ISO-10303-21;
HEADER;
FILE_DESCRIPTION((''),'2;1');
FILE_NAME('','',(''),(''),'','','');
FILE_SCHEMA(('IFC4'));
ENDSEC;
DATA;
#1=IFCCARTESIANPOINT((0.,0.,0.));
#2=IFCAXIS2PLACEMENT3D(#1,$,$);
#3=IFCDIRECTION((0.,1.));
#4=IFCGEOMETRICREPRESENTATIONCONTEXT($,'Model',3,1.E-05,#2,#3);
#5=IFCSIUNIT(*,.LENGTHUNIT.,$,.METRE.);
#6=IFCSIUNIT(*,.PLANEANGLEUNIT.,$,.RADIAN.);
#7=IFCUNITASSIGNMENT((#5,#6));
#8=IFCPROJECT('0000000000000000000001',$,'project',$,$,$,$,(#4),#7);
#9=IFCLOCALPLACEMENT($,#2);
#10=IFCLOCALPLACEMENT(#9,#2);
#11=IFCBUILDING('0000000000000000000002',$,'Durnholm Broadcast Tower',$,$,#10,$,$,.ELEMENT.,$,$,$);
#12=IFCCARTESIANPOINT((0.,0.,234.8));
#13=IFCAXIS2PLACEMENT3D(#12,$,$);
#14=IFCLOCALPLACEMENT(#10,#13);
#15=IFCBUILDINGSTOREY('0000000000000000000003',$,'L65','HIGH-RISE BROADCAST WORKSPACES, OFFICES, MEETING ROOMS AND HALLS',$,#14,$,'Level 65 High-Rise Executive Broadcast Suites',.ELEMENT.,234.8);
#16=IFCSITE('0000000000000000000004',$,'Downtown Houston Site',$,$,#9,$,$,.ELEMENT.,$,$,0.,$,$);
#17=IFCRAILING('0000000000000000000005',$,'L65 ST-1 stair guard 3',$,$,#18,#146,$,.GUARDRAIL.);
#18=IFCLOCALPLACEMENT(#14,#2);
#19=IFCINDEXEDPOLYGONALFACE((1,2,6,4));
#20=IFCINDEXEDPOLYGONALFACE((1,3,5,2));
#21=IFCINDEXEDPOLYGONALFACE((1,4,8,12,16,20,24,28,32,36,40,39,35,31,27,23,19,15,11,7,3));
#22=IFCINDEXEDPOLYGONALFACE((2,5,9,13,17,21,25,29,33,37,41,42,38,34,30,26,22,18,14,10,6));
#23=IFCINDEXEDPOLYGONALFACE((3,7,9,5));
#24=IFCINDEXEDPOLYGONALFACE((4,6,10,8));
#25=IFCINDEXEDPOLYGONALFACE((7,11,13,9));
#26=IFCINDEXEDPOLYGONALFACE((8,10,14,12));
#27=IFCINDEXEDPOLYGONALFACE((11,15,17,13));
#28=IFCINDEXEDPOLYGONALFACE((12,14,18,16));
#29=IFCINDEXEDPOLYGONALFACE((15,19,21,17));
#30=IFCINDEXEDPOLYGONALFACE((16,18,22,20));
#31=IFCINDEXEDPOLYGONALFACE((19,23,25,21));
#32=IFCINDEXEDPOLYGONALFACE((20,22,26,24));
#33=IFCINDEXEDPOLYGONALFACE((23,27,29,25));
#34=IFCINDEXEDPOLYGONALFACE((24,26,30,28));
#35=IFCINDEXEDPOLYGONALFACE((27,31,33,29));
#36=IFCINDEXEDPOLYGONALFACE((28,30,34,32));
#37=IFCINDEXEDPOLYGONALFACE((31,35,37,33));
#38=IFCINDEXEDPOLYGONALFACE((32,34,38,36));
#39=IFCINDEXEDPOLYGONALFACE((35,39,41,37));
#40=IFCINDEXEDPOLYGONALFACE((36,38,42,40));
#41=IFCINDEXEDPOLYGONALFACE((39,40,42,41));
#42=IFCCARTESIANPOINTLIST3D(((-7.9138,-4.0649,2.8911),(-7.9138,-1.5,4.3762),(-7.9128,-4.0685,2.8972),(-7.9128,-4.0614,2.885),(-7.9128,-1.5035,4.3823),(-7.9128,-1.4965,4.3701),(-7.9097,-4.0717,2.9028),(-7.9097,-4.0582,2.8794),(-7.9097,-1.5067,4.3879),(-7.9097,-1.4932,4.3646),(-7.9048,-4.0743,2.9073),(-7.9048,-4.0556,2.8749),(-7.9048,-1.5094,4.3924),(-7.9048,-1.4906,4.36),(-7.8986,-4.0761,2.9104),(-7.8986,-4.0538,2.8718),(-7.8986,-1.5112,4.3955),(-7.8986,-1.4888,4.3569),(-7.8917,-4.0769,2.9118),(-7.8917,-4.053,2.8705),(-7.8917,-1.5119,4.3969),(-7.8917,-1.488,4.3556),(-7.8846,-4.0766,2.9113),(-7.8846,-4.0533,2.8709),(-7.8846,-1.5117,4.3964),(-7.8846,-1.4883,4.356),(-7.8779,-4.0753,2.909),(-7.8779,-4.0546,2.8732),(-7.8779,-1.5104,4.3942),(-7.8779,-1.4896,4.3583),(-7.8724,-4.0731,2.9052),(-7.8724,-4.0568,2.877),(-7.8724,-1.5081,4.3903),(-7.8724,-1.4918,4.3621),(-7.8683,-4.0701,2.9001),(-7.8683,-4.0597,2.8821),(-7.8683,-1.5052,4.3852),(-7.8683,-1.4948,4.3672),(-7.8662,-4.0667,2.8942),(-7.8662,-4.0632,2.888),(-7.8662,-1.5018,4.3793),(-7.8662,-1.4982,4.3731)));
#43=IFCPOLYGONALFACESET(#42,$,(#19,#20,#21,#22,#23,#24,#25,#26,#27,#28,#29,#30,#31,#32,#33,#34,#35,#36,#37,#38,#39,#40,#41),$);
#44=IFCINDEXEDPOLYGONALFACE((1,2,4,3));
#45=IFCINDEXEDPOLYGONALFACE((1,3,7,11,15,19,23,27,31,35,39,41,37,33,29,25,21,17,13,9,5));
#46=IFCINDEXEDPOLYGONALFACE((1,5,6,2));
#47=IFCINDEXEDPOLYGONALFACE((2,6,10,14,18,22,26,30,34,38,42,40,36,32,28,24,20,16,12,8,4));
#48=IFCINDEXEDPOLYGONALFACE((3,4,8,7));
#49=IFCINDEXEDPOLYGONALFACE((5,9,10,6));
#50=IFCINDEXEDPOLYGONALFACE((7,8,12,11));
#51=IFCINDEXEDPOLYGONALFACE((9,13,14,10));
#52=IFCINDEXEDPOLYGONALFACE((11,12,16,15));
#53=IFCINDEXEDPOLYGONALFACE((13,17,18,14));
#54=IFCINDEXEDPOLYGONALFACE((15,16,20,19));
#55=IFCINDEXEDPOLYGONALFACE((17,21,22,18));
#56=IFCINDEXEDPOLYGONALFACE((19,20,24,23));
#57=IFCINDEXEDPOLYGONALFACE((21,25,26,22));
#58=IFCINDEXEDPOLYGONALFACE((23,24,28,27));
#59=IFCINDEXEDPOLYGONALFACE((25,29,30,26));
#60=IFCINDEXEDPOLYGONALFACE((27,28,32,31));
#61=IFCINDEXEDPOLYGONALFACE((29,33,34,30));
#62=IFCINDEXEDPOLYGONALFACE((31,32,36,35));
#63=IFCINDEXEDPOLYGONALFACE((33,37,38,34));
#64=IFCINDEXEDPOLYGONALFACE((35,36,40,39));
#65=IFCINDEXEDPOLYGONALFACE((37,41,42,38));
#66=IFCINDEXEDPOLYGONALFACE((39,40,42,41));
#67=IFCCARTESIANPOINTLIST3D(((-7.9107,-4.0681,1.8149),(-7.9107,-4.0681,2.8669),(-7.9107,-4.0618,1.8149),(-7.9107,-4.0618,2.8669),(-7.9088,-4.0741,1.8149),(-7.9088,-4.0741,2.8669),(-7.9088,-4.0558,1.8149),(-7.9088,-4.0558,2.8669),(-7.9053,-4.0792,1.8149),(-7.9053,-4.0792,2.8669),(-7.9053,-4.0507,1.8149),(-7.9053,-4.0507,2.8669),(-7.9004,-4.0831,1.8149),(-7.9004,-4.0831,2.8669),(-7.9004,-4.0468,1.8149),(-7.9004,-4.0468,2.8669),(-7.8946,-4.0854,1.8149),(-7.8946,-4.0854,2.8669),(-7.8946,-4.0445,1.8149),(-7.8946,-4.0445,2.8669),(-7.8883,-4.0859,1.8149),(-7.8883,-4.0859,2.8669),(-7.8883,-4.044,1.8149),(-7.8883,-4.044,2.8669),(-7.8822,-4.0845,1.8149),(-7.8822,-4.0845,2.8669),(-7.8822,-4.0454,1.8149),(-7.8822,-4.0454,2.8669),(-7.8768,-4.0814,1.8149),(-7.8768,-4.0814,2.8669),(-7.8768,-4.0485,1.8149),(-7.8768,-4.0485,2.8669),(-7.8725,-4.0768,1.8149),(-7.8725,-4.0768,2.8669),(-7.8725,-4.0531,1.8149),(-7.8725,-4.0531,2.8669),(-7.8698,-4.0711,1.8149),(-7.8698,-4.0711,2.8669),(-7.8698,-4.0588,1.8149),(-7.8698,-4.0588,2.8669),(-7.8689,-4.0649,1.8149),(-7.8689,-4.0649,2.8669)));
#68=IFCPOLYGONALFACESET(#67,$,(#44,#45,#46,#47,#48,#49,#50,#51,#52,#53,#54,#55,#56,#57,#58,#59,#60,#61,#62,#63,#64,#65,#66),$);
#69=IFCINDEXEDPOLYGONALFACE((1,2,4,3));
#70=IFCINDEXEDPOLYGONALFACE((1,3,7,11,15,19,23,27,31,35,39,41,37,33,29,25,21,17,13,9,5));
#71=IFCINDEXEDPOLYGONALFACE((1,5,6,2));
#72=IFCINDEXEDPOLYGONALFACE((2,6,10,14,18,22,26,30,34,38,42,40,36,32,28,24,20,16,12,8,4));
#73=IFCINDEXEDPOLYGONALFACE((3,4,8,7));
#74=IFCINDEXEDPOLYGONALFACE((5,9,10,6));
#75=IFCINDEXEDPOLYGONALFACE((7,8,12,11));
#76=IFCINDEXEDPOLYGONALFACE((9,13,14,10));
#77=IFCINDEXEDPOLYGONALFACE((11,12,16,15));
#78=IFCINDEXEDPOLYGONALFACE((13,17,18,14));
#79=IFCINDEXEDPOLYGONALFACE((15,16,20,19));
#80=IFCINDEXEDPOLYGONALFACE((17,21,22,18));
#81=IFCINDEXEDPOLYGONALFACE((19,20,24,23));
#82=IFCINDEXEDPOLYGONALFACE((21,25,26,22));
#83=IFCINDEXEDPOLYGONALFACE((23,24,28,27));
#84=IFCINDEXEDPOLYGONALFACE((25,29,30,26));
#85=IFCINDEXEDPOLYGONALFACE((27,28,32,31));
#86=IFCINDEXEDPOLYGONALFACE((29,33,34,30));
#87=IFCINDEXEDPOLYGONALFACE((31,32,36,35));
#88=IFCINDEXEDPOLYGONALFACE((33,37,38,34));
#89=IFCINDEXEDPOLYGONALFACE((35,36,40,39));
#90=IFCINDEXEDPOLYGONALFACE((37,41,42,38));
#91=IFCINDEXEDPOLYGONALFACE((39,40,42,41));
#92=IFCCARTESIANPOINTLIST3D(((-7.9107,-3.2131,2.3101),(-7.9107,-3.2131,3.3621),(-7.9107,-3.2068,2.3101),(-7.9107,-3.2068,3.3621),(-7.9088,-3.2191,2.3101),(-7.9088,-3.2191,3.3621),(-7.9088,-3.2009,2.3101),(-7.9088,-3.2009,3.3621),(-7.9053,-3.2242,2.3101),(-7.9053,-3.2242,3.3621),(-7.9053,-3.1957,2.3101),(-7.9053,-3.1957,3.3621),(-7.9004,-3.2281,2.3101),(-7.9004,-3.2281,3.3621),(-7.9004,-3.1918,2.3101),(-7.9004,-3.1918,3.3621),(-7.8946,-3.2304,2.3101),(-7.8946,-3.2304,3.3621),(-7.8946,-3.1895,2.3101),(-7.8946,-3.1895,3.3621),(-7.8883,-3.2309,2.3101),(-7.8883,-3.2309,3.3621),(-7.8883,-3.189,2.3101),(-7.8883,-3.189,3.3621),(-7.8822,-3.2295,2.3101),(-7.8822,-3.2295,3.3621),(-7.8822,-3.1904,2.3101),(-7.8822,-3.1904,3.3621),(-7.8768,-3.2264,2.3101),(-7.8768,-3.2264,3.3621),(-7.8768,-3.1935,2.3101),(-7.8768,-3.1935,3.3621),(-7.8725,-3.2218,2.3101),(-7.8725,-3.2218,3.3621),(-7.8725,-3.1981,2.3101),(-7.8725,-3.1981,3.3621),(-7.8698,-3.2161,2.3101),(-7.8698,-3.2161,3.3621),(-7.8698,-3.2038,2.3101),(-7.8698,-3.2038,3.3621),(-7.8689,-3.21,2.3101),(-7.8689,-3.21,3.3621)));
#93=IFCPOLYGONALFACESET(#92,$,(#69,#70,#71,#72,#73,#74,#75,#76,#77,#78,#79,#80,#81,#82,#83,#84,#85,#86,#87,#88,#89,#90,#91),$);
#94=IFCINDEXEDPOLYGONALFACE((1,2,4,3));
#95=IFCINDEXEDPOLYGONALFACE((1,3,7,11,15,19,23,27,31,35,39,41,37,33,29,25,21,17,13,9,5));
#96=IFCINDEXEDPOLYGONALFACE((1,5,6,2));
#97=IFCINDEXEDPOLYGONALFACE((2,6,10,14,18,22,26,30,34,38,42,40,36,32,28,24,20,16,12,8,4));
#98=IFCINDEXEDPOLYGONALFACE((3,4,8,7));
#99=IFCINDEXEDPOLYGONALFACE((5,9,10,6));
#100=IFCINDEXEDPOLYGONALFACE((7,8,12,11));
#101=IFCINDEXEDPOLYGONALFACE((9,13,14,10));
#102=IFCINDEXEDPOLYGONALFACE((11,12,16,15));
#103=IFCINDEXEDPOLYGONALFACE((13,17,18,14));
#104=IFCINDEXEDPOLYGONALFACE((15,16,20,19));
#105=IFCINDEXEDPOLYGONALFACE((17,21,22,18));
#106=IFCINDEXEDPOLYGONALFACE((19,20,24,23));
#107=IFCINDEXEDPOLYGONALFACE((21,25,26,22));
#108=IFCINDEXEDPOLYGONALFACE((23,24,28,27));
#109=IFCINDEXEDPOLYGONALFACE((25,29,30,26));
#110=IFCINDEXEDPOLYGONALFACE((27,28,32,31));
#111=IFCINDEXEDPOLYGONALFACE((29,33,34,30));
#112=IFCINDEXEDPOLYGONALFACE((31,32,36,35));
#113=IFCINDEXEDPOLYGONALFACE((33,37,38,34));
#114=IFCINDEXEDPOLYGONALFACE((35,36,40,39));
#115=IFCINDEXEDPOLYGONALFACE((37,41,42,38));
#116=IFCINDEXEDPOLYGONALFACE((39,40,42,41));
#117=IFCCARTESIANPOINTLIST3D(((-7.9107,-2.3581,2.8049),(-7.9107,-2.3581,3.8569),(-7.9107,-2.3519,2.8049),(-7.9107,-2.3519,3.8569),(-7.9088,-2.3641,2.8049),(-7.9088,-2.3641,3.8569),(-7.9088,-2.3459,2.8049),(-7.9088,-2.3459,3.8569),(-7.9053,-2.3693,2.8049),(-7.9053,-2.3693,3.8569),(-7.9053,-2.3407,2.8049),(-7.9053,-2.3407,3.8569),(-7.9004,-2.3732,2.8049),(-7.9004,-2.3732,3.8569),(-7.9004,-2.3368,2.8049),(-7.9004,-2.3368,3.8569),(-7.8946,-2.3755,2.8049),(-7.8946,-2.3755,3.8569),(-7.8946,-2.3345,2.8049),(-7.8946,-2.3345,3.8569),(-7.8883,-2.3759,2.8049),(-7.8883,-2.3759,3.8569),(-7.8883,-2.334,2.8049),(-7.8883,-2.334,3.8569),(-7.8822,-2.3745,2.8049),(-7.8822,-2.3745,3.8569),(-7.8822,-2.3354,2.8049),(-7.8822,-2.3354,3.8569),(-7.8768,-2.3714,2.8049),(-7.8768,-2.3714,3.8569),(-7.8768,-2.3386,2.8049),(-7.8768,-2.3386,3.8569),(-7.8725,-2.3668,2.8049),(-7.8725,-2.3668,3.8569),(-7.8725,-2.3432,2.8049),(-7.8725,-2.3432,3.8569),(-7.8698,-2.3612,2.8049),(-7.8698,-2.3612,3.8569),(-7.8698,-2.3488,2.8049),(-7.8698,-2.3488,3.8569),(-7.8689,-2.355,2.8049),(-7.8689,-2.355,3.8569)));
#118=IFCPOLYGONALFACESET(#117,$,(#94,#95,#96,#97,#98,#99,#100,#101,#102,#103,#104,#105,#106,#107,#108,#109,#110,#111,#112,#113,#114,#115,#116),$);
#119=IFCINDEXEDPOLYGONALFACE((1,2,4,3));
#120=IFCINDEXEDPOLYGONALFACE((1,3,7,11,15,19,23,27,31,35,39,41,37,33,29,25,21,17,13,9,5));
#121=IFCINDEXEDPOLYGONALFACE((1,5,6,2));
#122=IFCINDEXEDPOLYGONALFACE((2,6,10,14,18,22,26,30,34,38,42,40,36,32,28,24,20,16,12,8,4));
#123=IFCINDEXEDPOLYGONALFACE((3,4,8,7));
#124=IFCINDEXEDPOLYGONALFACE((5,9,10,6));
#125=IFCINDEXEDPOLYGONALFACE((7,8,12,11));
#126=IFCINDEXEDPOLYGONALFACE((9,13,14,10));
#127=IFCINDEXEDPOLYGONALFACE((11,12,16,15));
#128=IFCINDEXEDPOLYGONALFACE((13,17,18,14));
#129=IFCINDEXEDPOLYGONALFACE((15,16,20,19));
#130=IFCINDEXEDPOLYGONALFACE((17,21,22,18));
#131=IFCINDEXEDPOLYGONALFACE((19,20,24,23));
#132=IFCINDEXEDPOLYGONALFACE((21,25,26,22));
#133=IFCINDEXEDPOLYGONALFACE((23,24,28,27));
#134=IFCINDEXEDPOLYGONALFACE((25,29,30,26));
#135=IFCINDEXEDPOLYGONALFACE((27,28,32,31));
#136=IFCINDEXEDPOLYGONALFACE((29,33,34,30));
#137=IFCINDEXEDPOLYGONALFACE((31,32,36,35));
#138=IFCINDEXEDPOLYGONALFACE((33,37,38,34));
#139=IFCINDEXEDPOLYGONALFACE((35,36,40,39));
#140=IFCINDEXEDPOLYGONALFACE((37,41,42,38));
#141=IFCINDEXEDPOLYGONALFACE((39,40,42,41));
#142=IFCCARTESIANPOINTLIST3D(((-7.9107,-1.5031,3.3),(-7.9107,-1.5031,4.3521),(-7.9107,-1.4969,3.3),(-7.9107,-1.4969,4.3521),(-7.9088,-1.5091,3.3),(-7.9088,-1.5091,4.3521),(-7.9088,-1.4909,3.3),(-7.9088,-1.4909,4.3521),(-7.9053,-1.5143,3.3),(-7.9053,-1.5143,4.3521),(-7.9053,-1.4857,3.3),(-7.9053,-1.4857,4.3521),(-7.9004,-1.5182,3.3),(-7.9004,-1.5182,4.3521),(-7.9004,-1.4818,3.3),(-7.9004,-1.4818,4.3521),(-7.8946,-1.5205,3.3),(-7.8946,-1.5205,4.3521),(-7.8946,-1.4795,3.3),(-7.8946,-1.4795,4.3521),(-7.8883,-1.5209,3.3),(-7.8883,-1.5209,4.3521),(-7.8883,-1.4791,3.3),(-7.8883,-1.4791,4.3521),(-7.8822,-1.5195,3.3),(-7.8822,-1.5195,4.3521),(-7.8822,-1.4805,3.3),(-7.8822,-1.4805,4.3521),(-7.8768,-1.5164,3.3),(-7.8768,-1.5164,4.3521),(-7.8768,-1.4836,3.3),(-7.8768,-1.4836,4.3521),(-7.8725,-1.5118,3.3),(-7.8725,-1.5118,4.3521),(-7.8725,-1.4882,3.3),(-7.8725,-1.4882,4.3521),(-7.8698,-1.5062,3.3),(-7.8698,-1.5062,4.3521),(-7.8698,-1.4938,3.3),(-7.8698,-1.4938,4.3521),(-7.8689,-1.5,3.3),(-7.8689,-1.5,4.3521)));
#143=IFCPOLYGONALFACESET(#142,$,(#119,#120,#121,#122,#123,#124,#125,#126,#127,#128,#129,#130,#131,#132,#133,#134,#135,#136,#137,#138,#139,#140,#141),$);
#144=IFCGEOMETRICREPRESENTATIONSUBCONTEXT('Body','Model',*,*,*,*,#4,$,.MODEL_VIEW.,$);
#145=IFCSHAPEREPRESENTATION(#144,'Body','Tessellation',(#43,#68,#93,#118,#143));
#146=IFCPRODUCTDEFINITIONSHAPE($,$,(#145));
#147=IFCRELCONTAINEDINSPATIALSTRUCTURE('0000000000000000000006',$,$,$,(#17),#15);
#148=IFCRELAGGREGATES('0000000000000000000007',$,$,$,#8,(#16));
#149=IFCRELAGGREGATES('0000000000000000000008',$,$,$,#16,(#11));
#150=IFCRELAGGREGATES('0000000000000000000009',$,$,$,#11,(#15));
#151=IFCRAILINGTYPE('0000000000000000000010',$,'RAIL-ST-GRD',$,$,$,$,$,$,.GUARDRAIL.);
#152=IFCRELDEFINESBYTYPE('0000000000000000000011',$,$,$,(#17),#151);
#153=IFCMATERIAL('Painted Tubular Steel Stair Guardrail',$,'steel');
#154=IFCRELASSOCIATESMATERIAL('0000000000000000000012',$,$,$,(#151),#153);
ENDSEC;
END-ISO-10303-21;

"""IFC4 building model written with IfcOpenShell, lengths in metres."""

from ifc_helpers import new_model, si_unit, direction, frame, origin, origin_2d, place, context, subcontext, project, spatial, circle, extrude, material, type_object, element, save


model = new_model("IFC4")

# Units and contexts
model_context = context("Model", 3, precision=1e-05, world=origin(), true_north=direction((0.0, 1.0)))
body_context = subcontext(model_context, "Body", "Model", "MODEL_VIEW")
ifc_project = project(units=[si_unit("LENGTHUNIT", "METRE"), si_unit("PLANEANGLEUNIT", "RADIAN")], contexts=[model_context])

# Site, building, storey
site_placement = place(None, origin())
site = spatial("IfcSite", under=ifc_project, at=site_placement, Name="Downtown Houston Site", CompositionType="ELEMENT", RefElevation=0.0)
building_placement = place(site_placement, origin())
building = spatial("IfcBuilding", under=site, at=building_placement, Name="Durnholm Broadcast Tower", CompositionType="ELEMENT")
storey_placement = place(building_placement, frame((0.0, 0.0, 234.8)))
storey = spatial("IfcBuildingStorey", under=building, at=storey_placement, Name="L65", Description="HIGH-RISE BROADCAST WORKSPACES, OFFICES, MEETING ROOMS AND HALLS", LongName="Level 65 High-Rise Executive Broadcast Suites", CompositionType="ELEMENT", Elevation=234.8)

# Railing
ifc_material_1 = material(Name="Painted Tubular Steel Stair Guardrail", Category="steel")
railing_type_1 = type_object("IfcRailingType", Name="RAIL-ST-GRD", PredefinedType="GUARDRAIL", material=ifc_material_1)
railing_1_placement = place(storey_placement, frame((-7.8899, -4.0649, 1.8149)))
element("IfcRailing", 1, at=railing_1_placement, inside=storey, type_object=railing_type_1, Name="L65 ST-1 stair guard 3", PredefinedType="GUARDRAIL", context=body_context, shape_type="SweptSolid", body=[
    extrude(circle(Radius=0.0239, at=origin_2d()), frame((0.0, 0.0, 1.0762), z_axis=(0.0, 0.865406, 0.501072), x_axis=(-1.0, 0.0, 0.0)), (0.0, 0.0, 1.0), 2.9639),
    extrude(circle(Radius=0.021, at=origin_2d()), origin(), (0.0, 0.0, 1.0), 1.052),
    extrude(circle(Radius=0.021, at=origin_2d()), frame((0.0, 0.855, 0.4951)), (0.0, 0.0, 1.0), 1.052),
    extrude(circle(Radius=0.021, at=origin_2d()), frame((0.0, 1.71, 0.99)), (0.0, 0.0, 1.0), 1.052),
    extrude(circle(Radius=0.021, at=origin_2d()), frame((0.0, 2.5649, 1.4851)), (0.0, 0.0, 1.0), 1.052),
])

save(model, "model.ifc")
